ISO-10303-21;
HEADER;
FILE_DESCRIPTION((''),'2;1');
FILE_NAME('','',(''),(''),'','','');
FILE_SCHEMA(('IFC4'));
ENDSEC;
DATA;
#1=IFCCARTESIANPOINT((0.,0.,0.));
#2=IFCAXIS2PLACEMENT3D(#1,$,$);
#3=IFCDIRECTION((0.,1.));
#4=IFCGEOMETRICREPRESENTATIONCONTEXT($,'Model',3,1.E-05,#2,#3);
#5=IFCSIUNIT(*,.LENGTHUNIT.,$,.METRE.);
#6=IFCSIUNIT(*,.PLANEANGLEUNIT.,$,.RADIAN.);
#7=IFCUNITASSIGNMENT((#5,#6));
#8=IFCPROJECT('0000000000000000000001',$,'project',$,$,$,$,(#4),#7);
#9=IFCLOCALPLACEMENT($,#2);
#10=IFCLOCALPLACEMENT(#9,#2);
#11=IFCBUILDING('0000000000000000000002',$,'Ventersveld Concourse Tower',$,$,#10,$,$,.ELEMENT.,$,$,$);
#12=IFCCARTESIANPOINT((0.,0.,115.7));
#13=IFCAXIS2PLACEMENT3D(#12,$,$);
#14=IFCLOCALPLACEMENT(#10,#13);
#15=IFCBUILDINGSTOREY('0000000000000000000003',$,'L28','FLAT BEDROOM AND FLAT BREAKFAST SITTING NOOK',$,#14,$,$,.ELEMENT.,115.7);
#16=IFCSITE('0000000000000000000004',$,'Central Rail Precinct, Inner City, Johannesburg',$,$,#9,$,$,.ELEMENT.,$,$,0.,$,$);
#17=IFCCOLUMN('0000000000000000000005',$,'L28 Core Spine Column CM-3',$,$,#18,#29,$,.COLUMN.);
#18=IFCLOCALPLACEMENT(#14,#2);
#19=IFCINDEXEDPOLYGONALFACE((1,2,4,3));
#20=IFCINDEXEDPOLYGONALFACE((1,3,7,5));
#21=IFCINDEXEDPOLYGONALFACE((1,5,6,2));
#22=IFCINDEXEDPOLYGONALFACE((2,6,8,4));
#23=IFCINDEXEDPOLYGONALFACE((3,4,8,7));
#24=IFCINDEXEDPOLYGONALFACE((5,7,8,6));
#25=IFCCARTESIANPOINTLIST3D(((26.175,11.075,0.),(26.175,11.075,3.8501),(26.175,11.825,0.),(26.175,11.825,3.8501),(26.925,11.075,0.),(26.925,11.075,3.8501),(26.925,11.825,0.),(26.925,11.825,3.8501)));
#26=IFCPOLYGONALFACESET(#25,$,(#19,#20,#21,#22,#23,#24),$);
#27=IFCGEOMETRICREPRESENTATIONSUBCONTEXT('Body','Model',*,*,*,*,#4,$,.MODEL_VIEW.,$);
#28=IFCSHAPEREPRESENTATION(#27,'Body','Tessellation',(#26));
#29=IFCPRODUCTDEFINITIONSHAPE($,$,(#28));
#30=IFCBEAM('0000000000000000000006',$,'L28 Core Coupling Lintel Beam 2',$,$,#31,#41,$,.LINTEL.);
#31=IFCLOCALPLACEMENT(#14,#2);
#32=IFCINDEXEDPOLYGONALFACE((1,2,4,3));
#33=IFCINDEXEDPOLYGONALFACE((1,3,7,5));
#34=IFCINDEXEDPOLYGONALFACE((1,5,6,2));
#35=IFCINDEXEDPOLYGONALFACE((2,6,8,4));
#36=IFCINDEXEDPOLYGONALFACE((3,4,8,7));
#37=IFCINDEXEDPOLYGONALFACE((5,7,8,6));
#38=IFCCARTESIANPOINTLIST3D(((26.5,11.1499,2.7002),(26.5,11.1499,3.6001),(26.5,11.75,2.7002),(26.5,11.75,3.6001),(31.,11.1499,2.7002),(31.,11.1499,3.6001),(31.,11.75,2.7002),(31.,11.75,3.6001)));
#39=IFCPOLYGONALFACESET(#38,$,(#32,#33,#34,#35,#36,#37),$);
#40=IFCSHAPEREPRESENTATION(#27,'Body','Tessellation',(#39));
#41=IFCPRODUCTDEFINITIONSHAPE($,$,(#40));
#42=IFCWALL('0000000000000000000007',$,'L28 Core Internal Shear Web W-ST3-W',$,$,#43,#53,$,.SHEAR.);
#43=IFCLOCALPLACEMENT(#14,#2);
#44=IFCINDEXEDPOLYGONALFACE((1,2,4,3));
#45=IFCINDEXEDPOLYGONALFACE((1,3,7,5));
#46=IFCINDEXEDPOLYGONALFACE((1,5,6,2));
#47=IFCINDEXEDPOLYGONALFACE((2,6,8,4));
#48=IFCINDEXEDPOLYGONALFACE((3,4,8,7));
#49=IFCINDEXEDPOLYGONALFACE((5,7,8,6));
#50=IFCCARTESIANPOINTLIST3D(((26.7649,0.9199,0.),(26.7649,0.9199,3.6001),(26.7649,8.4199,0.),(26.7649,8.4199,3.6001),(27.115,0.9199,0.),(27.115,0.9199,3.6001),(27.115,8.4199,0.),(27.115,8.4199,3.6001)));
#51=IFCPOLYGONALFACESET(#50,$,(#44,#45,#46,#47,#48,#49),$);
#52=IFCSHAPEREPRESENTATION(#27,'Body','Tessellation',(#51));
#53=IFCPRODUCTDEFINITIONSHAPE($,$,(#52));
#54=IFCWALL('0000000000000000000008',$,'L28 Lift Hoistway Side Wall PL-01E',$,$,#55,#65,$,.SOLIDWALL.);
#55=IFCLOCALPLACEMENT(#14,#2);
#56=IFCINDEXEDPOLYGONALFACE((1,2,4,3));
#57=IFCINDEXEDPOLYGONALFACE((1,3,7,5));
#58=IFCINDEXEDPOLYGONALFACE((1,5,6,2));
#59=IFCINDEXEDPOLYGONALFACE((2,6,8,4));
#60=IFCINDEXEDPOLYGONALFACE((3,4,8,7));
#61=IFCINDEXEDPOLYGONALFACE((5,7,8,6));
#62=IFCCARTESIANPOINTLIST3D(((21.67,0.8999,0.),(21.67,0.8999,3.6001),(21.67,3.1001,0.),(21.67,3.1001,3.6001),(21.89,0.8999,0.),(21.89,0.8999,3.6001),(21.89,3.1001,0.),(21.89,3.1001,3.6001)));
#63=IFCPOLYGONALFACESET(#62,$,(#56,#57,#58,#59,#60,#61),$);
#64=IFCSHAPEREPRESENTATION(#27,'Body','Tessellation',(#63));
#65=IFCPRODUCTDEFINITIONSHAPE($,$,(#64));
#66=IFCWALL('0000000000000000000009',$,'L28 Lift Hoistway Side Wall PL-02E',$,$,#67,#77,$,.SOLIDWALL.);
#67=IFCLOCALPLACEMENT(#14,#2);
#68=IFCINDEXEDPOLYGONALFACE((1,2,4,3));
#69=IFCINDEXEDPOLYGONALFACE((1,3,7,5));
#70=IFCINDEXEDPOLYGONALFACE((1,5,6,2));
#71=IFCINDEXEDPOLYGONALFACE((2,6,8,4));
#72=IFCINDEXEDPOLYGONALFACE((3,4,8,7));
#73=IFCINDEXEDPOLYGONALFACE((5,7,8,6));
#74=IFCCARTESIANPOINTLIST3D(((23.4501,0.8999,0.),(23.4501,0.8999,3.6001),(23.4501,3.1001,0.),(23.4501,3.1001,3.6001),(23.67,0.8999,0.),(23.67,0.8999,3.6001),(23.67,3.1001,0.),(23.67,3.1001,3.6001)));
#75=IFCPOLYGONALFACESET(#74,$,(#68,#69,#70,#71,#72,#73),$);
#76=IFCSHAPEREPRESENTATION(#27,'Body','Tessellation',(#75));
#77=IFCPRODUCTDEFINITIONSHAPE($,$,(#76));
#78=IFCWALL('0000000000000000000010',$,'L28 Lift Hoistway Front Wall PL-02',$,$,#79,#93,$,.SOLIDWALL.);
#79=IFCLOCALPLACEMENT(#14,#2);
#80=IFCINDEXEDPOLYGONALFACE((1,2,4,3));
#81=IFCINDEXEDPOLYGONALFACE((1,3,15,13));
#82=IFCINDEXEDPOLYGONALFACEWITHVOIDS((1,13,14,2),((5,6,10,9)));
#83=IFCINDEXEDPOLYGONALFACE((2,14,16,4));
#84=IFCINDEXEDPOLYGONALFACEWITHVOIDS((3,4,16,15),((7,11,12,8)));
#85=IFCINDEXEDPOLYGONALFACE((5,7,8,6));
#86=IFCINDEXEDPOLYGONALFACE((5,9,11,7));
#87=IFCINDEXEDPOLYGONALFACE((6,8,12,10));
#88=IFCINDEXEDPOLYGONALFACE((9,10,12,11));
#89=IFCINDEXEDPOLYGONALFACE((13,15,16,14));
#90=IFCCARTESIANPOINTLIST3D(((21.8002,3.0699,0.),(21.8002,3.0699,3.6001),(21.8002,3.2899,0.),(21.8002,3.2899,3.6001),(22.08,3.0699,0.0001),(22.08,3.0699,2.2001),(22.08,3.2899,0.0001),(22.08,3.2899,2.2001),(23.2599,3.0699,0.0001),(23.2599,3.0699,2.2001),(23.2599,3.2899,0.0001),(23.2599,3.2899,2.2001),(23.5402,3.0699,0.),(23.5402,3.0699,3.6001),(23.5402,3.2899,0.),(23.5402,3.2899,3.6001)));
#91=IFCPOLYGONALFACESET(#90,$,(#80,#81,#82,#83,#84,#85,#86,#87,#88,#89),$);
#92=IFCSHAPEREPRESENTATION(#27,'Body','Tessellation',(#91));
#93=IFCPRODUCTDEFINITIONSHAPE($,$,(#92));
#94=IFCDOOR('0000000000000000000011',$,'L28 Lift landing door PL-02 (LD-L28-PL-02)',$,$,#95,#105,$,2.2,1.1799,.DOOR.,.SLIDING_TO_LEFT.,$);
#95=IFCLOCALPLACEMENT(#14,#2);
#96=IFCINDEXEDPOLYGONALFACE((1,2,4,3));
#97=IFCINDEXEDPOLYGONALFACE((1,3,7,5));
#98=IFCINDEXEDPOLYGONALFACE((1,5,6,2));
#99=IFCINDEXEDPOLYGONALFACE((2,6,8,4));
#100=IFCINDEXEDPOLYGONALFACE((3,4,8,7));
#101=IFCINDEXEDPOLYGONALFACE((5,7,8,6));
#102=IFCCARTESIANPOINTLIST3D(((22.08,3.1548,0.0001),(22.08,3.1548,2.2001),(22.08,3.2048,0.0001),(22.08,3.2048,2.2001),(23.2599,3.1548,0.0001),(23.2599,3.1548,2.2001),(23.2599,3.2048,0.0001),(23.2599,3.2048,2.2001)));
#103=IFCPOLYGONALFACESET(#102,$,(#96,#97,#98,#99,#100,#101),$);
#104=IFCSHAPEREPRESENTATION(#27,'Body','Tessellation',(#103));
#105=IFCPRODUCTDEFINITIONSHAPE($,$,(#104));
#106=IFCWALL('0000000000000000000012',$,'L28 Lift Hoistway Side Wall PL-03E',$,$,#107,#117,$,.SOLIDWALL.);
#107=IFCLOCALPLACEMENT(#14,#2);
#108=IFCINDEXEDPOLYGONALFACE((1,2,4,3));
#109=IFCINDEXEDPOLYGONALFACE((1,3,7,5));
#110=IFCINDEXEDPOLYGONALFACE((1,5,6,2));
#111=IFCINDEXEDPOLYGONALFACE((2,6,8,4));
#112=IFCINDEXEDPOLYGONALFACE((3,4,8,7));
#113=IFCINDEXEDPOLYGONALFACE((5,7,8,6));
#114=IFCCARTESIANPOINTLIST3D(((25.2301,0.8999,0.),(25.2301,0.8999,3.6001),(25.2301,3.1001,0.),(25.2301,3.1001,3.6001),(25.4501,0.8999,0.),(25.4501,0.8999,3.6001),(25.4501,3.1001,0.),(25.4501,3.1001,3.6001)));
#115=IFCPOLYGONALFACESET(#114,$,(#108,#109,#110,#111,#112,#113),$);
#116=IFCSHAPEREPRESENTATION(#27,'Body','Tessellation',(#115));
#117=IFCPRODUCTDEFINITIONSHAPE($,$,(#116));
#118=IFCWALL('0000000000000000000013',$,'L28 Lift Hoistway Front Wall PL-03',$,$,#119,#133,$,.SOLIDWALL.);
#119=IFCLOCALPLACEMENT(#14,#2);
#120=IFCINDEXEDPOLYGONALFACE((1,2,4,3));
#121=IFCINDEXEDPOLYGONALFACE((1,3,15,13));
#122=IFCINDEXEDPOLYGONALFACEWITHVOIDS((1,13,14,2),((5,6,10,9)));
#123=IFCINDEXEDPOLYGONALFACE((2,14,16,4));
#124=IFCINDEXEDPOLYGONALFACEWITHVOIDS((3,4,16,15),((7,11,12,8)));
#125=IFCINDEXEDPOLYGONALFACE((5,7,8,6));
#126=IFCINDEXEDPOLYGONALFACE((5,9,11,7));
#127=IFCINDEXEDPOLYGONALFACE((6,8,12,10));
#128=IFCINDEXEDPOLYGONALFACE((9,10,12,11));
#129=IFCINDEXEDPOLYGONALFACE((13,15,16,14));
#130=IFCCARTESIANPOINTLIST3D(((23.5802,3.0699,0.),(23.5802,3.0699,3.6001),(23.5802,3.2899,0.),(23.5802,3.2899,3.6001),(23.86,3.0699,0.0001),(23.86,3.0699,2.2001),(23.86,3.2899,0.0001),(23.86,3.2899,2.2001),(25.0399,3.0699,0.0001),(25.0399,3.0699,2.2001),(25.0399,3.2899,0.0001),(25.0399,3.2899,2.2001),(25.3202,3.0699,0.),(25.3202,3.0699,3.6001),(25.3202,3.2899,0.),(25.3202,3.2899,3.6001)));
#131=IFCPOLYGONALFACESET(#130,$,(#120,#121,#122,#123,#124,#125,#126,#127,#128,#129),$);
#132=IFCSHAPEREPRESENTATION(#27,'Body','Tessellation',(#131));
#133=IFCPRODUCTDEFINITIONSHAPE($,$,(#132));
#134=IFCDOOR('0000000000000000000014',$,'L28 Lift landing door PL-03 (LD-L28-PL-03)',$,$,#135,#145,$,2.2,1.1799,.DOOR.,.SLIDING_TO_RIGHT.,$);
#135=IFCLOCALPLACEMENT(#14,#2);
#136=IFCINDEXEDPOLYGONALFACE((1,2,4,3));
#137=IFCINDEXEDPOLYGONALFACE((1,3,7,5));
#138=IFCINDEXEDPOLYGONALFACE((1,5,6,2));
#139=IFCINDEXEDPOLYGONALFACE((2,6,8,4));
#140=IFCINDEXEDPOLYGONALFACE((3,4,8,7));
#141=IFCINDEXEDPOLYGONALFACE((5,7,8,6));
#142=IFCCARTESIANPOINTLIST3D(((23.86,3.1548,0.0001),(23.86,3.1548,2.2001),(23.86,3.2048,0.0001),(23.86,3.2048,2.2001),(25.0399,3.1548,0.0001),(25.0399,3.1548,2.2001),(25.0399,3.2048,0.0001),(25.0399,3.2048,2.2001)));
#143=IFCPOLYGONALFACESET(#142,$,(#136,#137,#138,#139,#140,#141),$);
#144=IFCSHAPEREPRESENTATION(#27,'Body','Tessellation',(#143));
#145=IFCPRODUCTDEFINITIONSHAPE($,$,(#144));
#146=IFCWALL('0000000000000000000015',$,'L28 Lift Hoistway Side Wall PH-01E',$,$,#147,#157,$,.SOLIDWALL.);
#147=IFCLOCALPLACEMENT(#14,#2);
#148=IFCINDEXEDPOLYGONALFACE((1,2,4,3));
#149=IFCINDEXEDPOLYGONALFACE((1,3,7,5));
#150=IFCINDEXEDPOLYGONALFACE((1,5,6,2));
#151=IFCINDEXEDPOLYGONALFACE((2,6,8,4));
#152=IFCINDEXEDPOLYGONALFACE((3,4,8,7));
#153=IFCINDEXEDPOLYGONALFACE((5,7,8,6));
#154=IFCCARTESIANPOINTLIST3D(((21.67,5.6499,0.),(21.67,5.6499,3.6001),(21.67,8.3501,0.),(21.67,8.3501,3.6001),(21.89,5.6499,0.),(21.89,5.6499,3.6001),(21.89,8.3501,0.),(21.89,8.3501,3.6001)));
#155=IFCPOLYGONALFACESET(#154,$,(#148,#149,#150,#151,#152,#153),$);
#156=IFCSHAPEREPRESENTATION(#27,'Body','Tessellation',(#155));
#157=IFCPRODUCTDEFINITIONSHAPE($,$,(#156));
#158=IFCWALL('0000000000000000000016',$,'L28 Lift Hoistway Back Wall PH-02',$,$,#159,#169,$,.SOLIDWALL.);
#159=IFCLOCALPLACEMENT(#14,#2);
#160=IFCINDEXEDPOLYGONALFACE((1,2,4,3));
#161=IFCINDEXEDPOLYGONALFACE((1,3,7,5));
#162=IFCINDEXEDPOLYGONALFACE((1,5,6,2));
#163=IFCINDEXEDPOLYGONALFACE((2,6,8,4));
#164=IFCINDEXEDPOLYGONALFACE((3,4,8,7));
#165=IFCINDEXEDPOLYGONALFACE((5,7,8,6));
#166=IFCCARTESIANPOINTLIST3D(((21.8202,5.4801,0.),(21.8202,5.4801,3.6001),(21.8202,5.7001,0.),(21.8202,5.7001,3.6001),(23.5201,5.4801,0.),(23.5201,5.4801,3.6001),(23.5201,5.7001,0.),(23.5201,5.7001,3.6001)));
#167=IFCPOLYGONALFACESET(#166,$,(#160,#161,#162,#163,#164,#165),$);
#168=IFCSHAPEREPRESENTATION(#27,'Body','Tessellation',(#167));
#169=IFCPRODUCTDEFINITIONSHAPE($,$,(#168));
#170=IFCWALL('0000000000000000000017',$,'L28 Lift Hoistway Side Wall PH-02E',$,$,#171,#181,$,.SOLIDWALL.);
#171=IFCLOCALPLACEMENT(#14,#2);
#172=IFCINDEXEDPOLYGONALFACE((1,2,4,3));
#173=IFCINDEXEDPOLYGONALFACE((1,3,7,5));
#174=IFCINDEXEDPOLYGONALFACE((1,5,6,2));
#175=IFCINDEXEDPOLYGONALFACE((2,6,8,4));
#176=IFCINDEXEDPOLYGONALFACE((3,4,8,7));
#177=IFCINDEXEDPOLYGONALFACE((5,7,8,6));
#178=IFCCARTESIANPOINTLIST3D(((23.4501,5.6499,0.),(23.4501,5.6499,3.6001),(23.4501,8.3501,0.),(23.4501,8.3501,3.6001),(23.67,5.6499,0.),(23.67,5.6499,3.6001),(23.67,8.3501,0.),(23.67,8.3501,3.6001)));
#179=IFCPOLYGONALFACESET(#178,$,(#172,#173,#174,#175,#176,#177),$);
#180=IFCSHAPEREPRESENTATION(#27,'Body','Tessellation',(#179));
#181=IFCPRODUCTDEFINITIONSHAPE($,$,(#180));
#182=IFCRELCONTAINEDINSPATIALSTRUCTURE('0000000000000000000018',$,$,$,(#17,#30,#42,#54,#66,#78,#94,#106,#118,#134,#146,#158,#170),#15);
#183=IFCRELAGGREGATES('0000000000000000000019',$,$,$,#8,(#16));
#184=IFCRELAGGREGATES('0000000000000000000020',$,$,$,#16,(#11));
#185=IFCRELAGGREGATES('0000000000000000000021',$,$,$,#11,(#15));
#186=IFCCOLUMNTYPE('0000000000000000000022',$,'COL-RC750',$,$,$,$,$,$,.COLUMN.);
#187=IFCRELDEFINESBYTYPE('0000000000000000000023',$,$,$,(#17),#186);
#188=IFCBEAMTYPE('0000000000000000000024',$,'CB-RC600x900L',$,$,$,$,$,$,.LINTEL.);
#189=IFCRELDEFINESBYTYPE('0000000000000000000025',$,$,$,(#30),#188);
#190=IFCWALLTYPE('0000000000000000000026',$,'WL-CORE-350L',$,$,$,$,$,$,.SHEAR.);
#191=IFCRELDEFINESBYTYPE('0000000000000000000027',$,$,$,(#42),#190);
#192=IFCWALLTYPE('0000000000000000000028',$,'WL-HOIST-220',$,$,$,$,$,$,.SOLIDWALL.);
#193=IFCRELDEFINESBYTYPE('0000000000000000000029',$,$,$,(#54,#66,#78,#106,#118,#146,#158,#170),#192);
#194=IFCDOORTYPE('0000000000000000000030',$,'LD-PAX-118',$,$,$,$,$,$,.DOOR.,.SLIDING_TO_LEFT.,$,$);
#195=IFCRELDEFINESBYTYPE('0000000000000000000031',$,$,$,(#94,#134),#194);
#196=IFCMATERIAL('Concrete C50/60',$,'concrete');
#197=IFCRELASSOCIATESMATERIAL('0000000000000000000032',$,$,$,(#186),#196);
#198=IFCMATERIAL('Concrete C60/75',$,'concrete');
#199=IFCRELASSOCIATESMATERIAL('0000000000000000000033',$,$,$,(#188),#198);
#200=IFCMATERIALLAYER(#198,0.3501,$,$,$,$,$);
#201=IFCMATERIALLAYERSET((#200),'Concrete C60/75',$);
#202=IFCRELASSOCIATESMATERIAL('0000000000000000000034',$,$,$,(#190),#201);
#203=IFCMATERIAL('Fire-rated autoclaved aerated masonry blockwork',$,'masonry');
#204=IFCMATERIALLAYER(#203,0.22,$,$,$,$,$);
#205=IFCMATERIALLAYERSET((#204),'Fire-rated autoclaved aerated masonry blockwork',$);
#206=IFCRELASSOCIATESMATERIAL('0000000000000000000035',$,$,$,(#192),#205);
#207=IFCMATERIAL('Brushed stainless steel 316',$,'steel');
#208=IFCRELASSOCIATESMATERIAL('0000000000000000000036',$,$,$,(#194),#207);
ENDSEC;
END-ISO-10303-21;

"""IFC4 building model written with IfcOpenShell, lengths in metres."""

from ifc_helpers import new_model, si_unit, direction, frame, frame_2d, origin, origin_2d, place, context, subcontext, project, spatial, rectangle, extrude, material, layer, layer_set, material_profile, profile_set, type_object, element, fill, save


model = new_model("IFC4")

# Units and contexts
model_context = context("Model", 3, precision=1e-05, world=origin(), true_north=direction((0.0, 1.0)))
body_context = subcontext(model_context, "Body", "Model", "MODEL_VIEW")
ifc_project = project(units=[si_unit("LENGTHUNIT", "METRE"), si_unit("PLANEANGLEUNIT", "RADIAN")], contexts=[model_context])

# Site, building, storey
site_placement = place(None, origin())
site = spatial("IfcSite", under=ifc_project, at=site_placement, Name="Central Rail Precinct, Inner City, Johannesburg", CompositionType="ELEMENT", RefElevation=0.0)
building_placement = place(site_placement, origin())
building = spatial("IfcBuilding", under=site, at=building_placement, Name="Ventersveld Concourse Tower", CompositionType="ELEMENT")
storey_placement = place(building_placement, frame((0.0, 0.0, 115.7)))
storey = spatial("IfcBuildingStorey", under=building, at=storey_placement, Name="L28", Description="FLAT BEDROOM AND FLAT BREAKFAST SITTING NOOK", CompositionType="ELEMENT", Elevation=115.7)

# Column
ifc_material_1 = material(Name="Concrete C50/60", Category="concrete")
ifc_material_profile_1 = material_profile(ifc_material_1, rectangle(XDim=0.75, YDim=0.75, at=origin_2d()), Name="RC 750x750")
ifc_profile_set_1 = profile_set([ifc_material_profile_1], Name="Concrete C50/60")
column_type = type_object("IfcColumnType", Name="COL-RC750", PredefinedType="COLUMN", material=ifc_profile_set_1)
column_placement = place(storey_placement, frame((26.55, 11.45, 0.0), z_axis=(0.0, 0.0, 1.0), x_axis=(1.0, 0.0, 0.0)))
element("IfcColumn", 1, at=column_placement, inside=storey, type_object=column_type, Name="L28 Core Spine Column CM-3", PredefinedType="COLUMN", context=body_context, shape_type="SweptSolid", body=[
    extrude(rectangle(XDim=0.75, YDim=0.75, at=origin_2d()), origin(), (0.0, 0.0, 1.0), 3.8501),
])

# Beam
ifc_material_2 = material(Name="Concrete C60/75", Category="concrete")
ifc_material_profile_2 = material_profile(ifc_material_2, rectangle(XDim=0.6001, YDim=0.8999, at=origin_2d()), Name="RC 600x900")
ifc_profile_set_2 = profile_set([ifc_material_profile_2], Name="Concrete C60/75")
beam_type = type_object("IfcBeamType", Name="CB-RC600x900L", PredefinedType="LINTEL", material=ifc_profile_set_2)
beam_placement = place(storey_placement, frame((26.5, 11.45, 3.1501), z_axis=(1.0, 0.0, 0.0), x_axis=(0.0, 1.0, 0.0)))
element("IfcBeam", 2, at=beam_placement, inside=storey, type_object=beam_type, Name="L28 Core Coupling Lintel Beam 2", PredefinedType="LINTEL", context=body_context, shape_type="SweptSolid", body=[
    extrude(rectangle(XDim=0.6001, YDim=0.8999, at=origin_2d()), origin(), (0.0, 0.0, 1.0), 4.5),
])

# Walls
ifc_layer_1 = layer(ifc_material_2, 0.3501)
ifc_layer_set_1 = layer_set([ifc_layer_1], Name="Concrete C60/75")
wall_type_1 = type_object("IfcWallType", Name="WL-CORE-350L", PredefinedType="SHEAR", material=ifc_layer_set_1)
wall_1_placement = place(storey_placement, frame((26.9399, 0.9199, 0.0), z_axis=(0.0, 0.0, 1.0), x_axis=(0.0, 1.0, 0.0)))
element("IfcWall", 3, at=wall_1_placement, inside=storey, type_object=wall_type_1, Name="L28 Core Internal Shear Web W-ST3-W", PredefinedType="SHEAR", context=body_context, shape_type="SweptSolid", body=[
    extrude(rectangle(XDim=7.5, YDim=0.3501, at=frame_2d((3.75, 0.0))), origin(), (0.0, 0.0, 1.0), 3.6001),
])
ifc_material_3 = material(Name="Fire-rated autoclaved aerated masonry blockwork", Category="masonry")
ifc_layer_2 = layer(ifc_material_3, 0.22)
ifc_layer_set_2 = layer_set([ifc_layer_2], Name="Fire-rated autoclaved aerated masonry blockwork")
wall_type_2 = type_object("IfcWallType", Name="WL-HOIST-220", PredefinedType="SOLIDWALL", material=ifc_layer_set_2)
for number, where, z_axis, x_axis, name in (
    (4, (21.78, 0.8999, 0.0), (0.0, 0.0, 1.0), (0.0, 1.0, 0.0), "L28 Lift Hoistway Side Wall PL-01E"),
    (5, (23.5601, 0.8999, 0.0), (0.0, 0.0, 1.0), (0.0, 1.0, 0.0), "L28 Lift Hoistway Side Wall PL-02E"),
):
    element("IfcWall", number, at=place(storey_placement, frame(where, z_axis=z_axis, x_axis=x_axis)), inside=storey, type_object=wall_type_2, Name=name, PredefinedType="SOLIDWALL", context=body_context, shape_type="SweptSolid", body=[
        extrude(rectangle(XDim=2.2002, YDim=0.22, at=frame_2d((1.1001, 0.0))), origin(), (0.0, 0.0, 1.0), 3.6001),
    ])

# Wall, opening, door
wall_2_placement = place(storey_placement, frame((21.8, 3.1799, 0.0), z_axis=(0.0, 0.0, 1.0), x_axis=(1.0, 0.0, 0.0)))
wall_2 = element("IfcWall", 6, at=wall_2_placement, inside=storey, type_object=wall_type_2, Name="L28 Lift Hoistway Front Wall PL-02", PredefinedType="SOLIDWALL", context=body_context, shape_type="SweptSolid", body=[
    extrude(rectangle(XDim=1.74, YDim=0.22, at=frame_2d((0.8701, 0.0))), origin(), (0.0, 0.0, 1.0), 3.6001),
])
opening_1_placement = place(wall_2_placement, frame((0.28, 0.0, 0.0)))
opening_1 = element("IfcOpeningElement", 7, at=opening_1_placement, cuts=wall_2, PredefinedType="OPENING", context=body_context, shape_type="SweptSolid", body=[
    extrude(rectangle(XDim=1.1799, YDim=2.2, at=frame_2d((0.5898, 1.1001))), frame((0.0, 0.1201, 0.0), z_axis=(0.0, -1.0, 0.0), x_axis=(1.0, 0.0, 0.0)), (0.0, 0.0, 1.0), 0.24),
])
ifc_material_4 = material(Name="Brushed stainless steel 316", Category="steel")
door_type_1 = type_object("IfcDoorType", Name="LD-PAX-118", OperationType="SLIDING_TO_LEFT", PredefinedType="DOOR", material=ifc_material_4)
door_1_placement = place(opening_1_placement, origin())
door_1 = element("IfcDoor", 8, at=door_1_placement, inside=storey, type_object=door_type_1, Name="L28 Lift landing door PL-02 (LD-L28-PL-02)", OperationType="SLIDING_TO_LEFT", OverallHeight=2.2, OverallWidth=1.1799, PredefinedType="DOOR", context=body_context, shape_type="SweptSolid", body=[
    extrude(rectangle(XDim=1.1799, YDim=2.2, at=frame_2d((0.5898, 1.1001))), frame((0.0, 0.0249, 0.0), z_axis=(0.0, -1.0, 0.0), x_axis=(1.0, 0.0, 0.0)), (0.0, 0.0, 1.0), 0.05),
])
fill(opening_1, door_1)

# Wall
wall_3_placement = place(storey_placement, frame((25.3401, 0.8999, 0.0), z_axis=(0.0, 0.0, 1.0), x_axis=(0.0, 1.0, 0.0)))
element("IfcWall", 9, at=wall_3_placement, inside=storey, type_object=wall_type_2, Name="L28 Lift Hoistway Side Wall PL-03E", PredefinedType="SOLIDWALL", context=body_context, shape_type="SweptSolid", body=[
    extrude(rectangle(XDim=2.2002, YDim=0.22, at=frame_2d((1.1001, 0.0))), origin(), (0.0, 0.0, 1.0), 3.6001),
])

# Wall, opening, door
wall_4_placement = place(storey_placement, frame((23.5801, 3.1799, 0.0), z_axis=(0.0, 0.0, 1.0), x_axis=(1.0, 0.0, 0.0)))
wall_4 = element("IfcWall", 10, at=wall_4_placement, inside=storey, type_object=wall_type_2, Name="L28 Lift Hoistway Front Wall PL-03", PredefinedType="SOLIDWALL", context=body_context, shape_type="SweptSolid", body=[
    extrude(rectangle(XDim=1.74, YDim=0.22, at=frame_2d((0.8701, 0.0))), origin(), (0.0, 0.0, 1.0), 3.6001),
])
opening_2_placement = place(wall_4_placement, frame((0.28, 0.0, 0.0)))
opening_2 = element("IfcOpeningElement", 11, at=opening_2_placement, cuts=wall_4, PredefinedType="OPENING", context=body_context, shape_type="SweptSolid", body=[
    extrude(rectangle(XDim=1.1799, YDim=2.2, at=frame_2d((0.5898, 1.1001))), frame((0.0, 0.1201, 0.0), z_axis=(0.0, -1.0, 0.0), x_axis=(1.0, 0.0, 0.0)), (0.0, 0.0, 1.0), 0.24),
])
door_2_placement = place(opening_2_placement, origin())
door_2 = element("IfcDoor", 12, at=door_2_placement, inside=storey, type_object=door_type_1, Name="L28 Lift landing door PL-03 (LD-L28-PL-03)", OperationType="SLIDING_TO_RIGHT", OverallHeight=2.2, OverallWidth=1.1799, PredefinedType="DOOR", context=body_context, shape_type="SweptSolid", body=[
    extrude(rectangle(XDim=1.1799, YDim=2.2, at=frame_2d((0.5898, 1.1001))), frame((0.0, 0.0249, 0.0), z_axis=(0.0, -1.0, 0.0), x_axis=(1.0, 0.0, 0.0)), (0.0, 0.0, 1.0), 0.05),
])
fill(opening_2, door_2)

# Walls
wall_5_placement = place(storey_placement, frame((21.78, 5.6499, 0.0), z_axis=(0.0, 0.0, 1.0), x_axis=(0.0, 1.0, 0.0)))
element("IfcWall", 13, at=wall_5_placement, inside=storey, type_object=wall_type_2, Name="L28 Lift Hoistway Side Wall PH-01E", PredefinedType="SOLIDWALL", context=body_context, shape_type="SweptSolid", body=[
    extrude(rectangle(XDim=2.7002, YDim=0.22, at=frame_2d((1.3501, 0.0))), origin(), (0.0, 0.0, 1.0), 3.6001),
])
wall_6_placement = place(storey_placement, frame((21.8201, 5.5901, 0.0), z_axis=(0.0, 0.0, 1.0), x_axis=(1.0, 0.0, 0.0)))
element("IfcWall", 14, at=wall_6_placement, inside=storey, type_object=wall_type_2, Name="L28 Lift Hoistway Back Wall PH-02", PredefinedType="SOLIDWALL", context=body_context, shape_type="SweptSolid", body=[
    extrude(rectangle(XDim=1.7, YDim=0.22, at=frame_2d((0.8501, 0.0))), origin(), (0.0, 0.0, 1.0), 3.6001),
])
wall_7_placement = place(storey_placement, frame((23.5601, 5.6499, 0.0), z_axis=(0.0, 0.0, 1.0), x_axis=(0.0, 1.0, 0.0)))
element("IfcWall", 15, at=wall_7_placement, inside=storey, type_object=wall_type_2, Name="L28 Lift Hoistway Side Wall PH-02E", PredefinedType="SOLIDWALL", context=body_context, shape_type="SweptSolid", body=[
    extrude(rectangle(XDim=2.7002, YDim=0.22, at=frame_2d((1.3501, 0.0))), origin(), (0.0, 0.0, 1.0), 3.6001),
])

save(model, "model.ifc")
